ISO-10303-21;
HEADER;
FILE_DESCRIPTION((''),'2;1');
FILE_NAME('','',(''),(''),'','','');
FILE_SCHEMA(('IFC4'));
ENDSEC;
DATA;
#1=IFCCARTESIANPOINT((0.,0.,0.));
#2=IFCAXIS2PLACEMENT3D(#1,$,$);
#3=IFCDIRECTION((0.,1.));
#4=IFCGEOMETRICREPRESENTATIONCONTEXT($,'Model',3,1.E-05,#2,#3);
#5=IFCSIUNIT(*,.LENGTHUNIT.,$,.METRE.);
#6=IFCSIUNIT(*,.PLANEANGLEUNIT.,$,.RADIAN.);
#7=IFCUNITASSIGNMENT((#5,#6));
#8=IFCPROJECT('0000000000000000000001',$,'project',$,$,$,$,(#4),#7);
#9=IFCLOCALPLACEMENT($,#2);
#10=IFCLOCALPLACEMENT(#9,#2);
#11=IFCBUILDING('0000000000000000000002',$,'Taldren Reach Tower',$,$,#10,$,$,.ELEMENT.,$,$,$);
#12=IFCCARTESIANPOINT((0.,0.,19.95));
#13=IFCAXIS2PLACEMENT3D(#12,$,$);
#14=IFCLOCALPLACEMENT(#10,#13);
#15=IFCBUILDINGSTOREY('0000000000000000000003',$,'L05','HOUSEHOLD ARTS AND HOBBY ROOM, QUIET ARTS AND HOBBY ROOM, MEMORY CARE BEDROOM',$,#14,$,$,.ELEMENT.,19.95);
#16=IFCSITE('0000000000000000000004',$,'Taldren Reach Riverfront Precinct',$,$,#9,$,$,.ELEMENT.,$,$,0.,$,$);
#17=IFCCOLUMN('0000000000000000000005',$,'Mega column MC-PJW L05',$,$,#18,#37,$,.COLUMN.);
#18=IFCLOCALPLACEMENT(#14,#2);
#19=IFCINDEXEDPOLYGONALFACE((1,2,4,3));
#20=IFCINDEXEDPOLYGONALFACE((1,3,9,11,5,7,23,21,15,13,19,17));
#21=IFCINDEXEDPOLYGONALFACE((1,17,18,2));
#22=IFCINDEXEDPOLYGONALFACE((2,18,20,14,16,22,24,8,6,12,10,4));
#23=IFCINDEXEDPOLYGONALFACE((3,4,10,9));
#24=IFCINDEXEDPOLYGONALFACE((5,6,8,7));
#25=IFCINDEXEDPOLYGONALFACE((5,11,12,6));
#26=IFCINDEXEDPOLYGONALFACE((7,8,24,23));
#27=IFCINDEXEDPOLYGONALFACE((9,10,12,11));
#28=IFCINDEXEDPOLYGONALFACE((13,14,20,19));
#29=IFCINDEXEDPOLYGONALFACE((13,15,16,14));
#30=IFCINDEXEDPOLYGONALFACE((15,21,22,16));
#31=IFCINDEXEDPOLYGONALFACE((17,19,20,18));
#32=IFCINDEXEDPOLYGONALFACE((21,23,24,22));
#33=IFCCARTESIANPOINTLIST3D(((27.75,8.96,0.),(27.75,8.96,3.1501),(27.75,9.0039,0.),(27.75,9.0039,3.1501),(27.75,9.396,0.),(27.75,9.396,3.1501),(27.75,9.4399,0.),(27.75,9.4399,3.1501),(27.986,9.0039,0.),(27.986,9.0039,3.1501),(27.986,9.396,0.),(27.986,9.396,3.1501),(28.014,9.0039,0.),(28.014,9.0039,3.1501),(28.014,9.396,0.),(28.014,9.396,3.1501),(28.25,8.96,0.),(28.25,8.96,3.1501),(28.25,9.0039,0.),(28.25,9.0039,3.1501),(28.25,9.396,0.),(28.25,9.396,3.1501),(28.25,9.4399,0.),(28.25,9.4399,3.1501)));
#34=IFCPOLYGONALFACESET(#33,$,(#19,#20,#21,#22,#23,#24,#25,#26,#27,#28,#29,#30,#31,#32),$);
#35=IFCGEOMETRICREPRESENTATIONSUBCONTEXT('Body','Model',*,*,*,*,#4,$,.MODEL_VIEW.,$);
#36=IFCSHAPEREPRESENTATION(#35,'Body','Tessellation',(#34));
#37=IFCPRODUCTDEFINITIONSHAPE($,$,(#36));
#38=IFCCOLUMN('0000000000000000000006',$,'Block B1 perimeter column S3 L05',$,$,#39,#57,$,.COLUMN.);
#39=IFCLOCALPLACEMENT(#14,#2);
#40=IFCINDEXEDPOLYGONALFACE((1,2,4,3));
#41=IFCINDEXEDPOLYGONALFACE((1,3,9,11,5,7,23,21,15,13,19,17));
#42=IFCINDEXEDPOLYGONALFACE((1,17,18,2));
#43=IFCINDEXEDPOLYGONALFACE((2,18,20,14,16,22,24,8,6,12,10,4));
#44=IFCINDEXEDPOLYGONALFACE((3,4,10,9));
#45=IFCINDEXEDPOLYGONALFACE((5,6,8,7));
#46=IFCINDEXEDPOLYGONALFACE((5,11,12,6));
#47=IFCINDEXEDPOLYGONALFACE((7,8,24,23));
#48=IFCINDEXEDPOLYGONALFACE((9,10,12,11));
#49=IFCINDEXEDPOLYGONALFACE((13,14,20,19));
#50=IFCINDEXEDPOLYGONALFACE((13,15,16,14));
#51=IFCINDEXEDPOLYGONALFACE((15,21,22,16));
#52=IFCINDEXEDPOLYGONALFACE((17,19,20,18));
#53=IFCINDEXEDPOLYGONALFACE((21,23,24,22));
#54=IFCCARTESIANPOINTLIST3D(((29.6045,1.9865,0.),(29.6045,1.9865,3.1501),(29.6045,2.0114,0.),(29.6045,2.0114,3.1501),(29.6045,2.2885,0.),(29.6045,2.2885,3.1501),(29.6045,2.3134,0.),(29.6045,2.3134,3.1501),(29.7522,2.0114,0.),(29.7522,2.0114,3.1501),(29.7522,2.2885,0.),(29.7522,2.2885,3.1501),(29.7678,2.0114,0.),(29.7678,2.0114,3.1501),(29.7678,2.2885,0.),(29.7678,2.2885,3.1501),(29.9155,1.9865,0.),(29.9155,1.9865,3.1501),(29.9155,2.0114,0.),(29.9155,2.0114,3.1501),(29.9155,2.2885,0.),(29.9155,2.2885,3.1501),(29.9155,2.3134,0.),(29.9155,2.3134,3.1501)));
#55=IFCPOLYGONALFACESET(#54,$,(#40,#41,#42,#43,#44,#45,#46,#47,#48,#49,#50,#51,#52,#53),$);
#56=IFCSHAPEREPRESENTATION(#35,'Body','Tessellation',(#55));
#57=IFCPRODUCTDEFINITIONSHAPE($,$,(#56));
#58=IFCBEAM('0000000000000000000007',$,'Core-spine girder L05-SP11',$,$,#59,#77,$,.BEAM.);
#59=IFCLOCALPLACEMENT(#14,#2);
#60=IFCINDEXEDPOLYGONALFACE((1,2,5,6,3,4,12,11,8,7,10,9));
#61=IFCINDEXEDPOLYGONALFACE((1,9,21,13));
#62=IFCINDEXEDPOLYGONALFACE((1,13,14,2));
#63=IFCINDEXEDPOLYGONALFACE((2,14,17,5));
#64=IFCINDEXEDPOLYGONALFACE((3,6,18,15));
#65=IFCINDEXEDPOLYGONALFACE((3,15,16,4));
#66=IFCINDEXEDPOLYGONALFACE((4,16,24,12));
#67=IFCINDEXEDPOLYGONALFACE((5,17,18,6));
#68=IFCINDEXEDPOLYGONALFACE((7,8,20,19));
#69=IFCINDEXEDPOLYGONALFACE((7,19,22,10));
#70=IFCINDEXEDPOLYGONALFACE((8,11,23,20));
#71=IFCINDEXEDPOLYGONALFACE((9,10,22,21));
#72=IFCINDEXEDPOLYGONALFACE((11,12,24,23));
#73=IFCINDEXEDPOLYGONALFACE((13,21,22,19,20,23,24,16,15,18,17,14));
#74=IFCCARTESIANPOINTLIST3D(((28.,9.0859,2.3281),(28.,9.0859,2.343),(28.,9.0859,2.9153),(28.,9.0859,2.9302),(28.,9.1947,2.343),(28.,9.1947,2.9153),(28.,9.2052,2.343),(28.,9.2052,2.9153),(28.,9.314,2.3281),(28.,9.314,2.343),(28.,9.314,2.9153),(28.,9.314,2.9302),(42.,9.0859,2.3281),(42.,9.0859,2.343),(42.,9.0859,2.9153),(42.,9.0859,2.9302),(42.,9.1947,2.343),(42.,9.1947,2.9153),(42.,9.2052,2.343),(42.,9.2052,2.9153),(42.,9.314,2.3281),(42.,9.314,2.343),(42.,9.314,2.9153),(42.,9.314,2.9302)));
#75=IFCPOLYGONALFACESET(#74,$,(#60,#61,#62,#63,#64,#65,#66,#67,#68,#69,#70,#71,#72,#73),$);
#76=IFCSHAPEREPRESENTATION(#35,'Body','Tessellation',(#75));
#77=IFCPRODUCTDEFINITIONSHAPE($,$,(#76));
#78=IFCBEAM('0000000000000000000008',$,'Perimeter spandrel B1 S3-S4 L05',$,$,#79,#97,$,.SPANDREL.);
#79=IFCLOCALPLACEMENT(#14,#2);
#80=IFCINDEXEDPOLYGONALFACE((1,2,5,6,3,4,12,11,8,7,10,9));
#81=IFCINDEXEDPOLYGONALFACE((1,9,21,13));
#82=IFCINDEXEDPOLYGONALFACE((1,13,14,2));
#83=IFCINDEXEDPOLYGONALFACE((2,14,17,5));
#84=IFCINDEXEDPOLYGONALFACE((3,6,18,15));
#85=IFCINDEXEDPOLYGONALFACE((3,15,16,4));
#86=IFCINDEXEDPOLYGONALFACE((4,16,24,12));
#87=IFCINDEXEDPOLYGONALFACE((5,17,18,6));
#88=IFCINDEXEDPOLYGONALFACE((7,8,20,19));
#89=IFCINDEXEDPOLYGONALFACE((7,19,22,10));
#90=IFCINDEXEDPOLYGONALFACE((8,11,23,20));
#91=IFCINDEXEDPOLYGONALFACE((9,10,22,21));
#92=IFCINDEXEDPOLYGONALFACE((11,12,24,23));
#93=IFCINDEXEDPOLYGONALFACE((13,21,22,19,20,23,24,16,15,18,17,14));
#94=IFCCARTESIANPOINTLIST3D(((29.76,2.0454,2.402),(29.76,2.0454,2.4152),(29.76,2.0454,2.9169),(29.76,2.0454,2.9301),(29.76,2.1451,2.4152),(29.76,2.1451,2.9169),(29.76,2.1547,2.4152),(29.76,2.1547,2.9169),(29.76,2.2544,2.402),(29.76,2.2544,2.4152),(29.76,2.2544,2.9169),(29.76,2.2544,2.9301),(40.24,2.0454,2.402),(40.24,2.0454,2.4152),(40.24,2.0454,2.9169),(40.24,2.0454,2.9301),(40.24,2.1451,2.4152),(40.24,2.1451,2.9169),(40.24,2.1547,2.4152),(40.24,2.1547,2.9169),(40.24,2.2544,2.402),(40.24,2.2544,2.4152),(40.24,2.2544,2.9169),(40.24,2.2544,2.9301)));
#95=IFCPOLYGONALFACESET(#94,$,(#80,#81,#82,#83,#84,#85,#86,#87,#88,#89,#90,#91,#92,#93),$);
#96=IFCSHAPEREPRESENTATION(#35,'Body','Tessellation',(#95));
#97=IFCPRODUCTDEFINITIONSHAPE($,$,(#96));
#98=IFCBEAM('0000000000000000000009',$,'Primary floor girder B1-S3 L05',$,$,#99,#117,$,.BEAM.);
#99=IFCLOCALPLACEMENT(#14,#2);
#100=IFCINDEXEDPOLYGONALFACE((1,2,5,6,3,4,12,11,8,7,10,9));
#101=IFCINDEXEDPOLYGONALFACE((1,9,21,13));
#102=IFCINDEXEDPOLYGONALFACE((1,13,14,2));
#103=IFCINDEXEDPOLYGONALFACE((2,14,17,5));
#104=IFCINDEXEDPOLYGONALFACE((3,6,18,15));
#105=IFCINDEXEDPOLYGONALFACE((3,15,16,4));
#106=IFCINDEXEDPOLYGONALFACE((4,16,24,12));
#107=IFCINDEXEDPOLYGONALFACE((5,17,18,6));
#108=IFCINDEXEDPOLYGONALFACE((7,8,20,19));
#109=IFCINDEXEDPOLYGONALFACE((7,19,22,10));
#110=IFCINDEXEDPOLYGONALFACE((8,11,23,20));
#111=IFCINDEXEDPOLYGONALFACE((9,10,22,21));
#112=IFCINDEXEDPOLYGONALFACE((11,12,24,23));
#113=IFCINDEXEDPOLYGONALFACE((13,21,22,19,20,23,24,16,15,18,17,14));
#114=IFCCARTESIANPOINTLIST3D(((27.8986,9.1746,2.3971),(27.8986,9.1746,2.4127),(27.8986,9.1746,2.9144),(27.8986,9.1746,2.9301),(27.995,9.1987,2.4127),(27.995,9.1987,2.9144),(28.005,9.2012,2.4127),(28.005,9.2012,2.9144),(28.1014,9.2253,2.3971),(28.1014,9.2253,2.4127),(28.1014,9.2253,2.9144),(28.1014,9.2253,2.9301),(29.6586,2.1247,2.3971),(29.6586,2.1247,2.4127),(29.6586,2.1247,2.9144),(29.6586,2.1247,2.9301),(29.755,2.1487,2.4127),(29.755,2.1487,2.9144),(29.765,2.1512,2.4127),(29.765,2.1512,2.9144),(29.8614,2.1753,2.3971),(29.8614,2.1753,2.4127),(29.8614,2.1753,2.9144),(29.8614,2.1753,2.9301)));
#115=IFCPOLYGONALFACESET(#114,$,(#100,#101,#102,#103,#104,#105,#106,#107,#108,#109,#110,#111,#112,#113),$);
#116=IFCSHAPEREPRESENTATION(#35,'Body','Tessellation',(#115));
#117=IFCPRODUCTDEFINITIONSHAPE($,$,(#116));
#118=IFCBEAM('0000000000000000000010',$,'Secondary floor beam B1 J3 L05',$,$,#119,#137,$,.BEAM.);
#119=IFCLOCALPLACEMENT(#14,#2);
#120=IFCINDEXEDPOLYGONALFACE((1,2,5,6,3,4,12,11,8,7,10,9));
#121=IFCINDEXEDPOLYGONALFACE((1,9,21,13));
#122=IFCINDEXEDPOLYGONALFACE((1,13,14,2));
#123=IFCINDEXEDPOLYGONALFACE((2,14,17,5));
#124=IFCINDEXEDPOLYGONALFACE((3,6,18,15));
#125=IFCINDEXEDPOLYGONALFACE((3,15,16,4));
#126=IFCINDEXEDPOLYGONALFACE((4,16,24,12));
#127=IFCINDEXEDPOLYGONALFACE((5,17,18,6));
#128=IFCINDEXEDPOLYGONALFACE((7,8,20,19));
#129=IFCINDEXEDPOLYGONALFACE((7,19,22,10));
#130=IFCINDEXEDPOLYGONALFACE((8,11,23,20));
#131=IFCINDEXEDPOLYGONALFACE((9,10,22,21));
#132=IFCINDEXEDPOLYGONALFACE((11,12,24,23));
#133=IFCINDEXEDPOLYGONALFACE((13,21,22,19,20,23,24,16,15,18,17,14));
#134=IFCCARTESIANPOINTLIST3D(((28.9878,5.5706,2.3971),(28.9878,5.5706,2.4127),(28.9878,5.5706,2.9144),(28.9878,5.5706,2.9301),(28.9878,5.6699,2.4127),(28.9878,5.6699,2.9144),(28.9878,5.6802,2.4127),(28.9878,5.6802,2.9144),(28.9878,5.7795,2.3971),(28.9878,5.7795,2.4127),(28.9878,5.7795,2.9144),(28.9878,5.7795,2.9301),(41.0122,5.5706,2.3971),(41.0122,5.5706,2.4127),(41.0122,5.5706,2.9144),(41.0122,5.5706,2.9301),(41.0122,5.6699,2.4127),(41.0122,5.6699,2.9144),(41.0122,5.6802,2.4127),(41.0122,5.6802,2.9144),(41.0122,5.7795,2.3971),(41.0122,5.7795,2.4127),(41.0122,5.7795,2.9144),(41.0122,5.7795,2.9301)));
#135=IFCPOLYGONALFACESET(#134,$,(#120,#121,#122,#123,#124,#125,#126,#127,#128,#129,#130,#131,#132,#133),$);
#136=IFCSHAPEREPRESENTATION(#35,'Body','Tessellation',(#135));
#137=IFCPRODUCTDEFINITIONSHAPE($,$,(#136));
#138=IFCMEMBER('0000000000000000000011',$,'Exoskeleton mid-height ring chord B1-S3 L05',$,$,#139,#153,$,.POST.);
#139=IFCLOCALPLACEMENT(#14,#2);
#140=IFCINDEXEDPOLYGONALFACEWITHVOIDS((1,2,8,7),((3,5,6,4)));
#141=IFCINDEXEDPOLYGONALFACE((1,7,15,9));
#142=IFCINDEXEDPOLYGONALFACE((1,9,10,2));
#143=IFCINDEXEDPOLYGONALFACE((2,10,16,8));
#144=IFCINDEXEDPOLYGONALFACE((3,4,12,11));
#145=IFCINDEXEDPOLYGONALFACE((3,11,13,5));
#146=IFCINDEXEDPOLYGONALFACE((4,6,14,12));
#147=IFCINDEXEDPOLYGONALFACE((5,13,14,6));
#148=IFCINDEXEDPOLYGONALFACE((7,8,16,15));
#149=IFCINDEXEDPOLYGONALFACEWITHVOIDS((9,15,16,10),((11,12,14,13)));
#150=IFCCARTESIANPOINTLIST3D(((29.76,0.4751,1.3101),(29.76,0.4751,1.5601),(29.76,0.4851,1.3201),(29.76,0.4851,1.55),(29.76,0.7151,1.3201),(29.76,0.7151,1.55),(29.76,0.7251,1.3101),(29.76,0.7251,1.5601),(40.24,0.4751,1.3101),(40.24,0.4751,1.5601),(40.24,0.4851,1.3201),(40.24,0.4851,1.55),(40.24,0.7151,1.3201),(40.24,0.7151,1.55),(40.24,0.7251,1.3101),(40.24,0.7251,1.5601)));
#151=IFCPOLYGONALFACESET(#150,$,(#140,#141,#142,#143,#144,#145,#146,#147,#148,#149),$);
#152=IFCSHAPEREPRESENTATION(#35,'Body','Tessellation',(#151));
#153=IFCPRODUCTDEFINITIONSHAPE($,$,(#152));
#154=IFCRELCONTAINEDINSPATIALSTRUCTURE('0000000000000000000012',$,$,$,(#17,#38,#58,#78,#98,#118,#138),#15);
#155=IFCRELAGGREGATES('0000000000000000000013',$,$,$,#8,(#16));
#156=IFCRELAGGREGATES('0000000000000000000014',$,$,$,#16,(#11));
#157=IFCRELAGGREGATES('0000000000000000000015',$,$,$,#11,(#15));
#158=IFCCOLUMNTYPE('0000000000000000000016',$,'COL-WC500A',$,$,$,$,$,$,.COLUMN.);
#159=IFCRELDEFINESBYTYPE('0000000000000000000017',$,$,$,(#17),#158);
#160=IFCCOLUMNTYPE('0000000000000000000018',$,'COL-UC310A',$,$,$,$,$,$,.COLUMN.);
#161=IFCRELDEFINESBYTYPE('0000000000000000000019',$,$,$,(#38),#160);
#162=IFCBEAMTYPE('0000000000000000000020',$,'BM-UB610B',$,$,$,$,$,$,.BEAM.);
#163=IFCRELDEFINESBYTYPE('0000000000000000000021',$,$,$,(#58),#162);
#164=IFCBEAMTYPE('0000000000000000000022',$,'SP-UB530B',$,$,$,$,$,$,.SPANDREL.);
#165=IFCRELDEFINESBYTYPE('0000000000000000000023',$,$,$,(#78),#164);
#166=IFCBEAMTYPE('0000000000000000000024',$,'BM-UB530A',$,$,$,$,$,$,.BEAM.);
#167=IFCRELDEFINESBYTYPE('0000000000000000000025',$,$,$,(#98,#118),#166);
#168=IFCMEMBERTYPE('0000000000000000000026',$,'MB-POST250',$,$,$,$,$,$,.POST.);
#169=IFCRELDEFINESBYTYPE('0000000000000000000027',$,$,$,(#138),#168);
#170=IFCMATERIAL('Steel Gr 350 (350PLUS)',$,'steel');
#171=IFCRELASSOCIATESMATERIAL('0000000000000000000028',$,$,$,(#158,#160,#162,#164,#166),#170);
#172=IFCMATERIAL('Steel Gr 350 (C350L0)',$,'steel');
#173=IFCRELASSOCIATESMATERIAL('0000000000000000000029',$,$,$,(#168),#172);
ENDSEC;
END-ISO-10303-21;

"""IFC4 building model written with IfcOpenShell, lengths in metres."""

from ifc_helpers import new_model, si_unit, direction, frame, origin, origin_2d, place, context, subcontext, project, spatial, hollow_rectangle, i_section, extrude, source, transform, mapped, material, material_profile, profile_set, type_object, element, save


model = new_model("IFC4")

# Units and contexts
model_context = context("Model", 3, precision=1e-05, world=origin(), true_north=direction((0.0, 1.0)))
body_context = subcontext(model_context, "Body", "Model", "MODEL_VIEW")
ifc_project = project(units=[si_unit("LENGTHUNIT", "METRE"), si_unit("PLANEANGLEUNIT", "RADIAN")], contexts=[model_context])

# Site, building, storey
site_placement = place(None, origin())
site = spatial("IfcSite", under=ifc_project, at=site_placement, Name="Taldren Reach Riverfront Precinct", CompositionType="ELEMENT", RefElevation=0.0)
building_placement = place(site_placement, origin())
building = spatial("IfcBuilding", under=site, at=building_placement, Name="Taldren Reach Tower", CompositionType="ELEMENT")
storey_placement = place(building_placement, frame((0.0, 0.0, 19.95)))
storey = spatial("IfcBuildingStorey", under=building, at=storey_placement, Name="L05", Description="HOUSEHOLD ARTS AND HOBBY ROOM, QUIET ARTS AND HOBBY ROOM, MEMORY CARE BEDROOM", CompositionType="ELEMENT", Elevation=19.95)

# Columns
ifc_material_1 = material(Name="Steel Gr 350 (350PLUS)", Category="steel")
ifc_material_profile_1 = material_profile(ifc_material_1, i_section(OverallWidth=0.5, OverallDepth=0.48, WebThickness=0.0281, FlangeThickness=0.0439, at=origin_2d()), Name="500WC440")
ifc_profile_set_1 = profile_set([ifc_material_profile_1], Name="Steel Gr 350 (350PLUS)")
column_type_1 = type_object("IfcColumnType", Name="COL-WC500A", PredefinedType="COLUMN", material=ifc_profile_set_1)
shared_shape_1 = source(origin(), body_context, "Body", "SweptSolid", [
    extrude(i_section(OverallWidth=0.5, OverallDepth=0.48, WebThickness=0.0281, FlangeThickness=0.0439, at=origin_2d()), origin(), (0.0, 0.0, 1.0), 3.1501),
])
column_1_placement = place(storey_placement, frame((28.0, 9.2, 0.0), z_axis=(0.0, 0.0, 1.0), x_axis=(1.0, 0.0, 0.0)))
element("IfcColumn", 1, at=column_1_placement, inside=storey, type_object=column_type_1, Name="Mega column MC-PJW L05", PredefinedType="COLUMN", context=body_context, shape_type="MappedRepresentation", body=[
    mapped(shared_shape_1, transform((0.0, 0.0, 0.0), scale=1.0)),
])
ifc_material_profile_2 = material_profile(ifc_material_1, i_section(OverallWidth=0.311, OverallDepth=0.3269, WebThickness=0.0156, FlangeThickness=0.0249, at=origin_2d()), Name="310UC158")
ifc_profile_set_2 = profile_set([ifc_material_profile_2], Name="Steel Gr 350 (350PLUS)")
column_type_2 = type_object("IfcColumnType", Name="COL-UC310A", PredefinedType="COLUMN", material=ifc_profile_set_2)
shared_shape_2 = source(origin(), body_context, "Body", "SweptSolid", [
    extrude(i_section(OverallWidth=0.311, OverallDepth=0.3269, WebThickness=0.0156, FlangeThickness=0.0249, at=origin_2d()), origin(), (0.0, 0.0, 1.0), 3.1501),
])
column_2_placement = place(storey_placement, frame((29.76, 2.1499, 0.0), z_axis=(0.0, 0.0, 1.0), x_axis=(1.0, 0.0, 0.0)))
element("IfcColumn", 2, at=column_2_placement, inside=storey, type_object=column_type_2, Name="Block B1 perimeter column S3 L05", PredefinedType="COLUMN", context=body_context, shape_type="MappedRepresentation", body=[
    mapped(shared_shape_2, transform((0.0, 0.0, 0.0), scale=1.0)),
])

# Beams
ifc_material_profile_3 = material_profile(ifc_material_1, i_section(OverallWidth=0.228, OverallDepth=0.6021, WebThickness=0.0105, FlangeThickness=0.0149, at=origin_2d()), Name="610UB101")
ifc_profile_set_3 = profile_set([ifc_material_profile_3], Name="Steel Gr 350 (350PLUS)")
beam_type_1 = type_object("IfcBeamType", Name="BM-UB610B", PredefinedType="BEAM", material=ifc_profile_set_3)
shared_shape_3 = source(origin(), body_context, "Body", "SweptSolid", [
    extrude(i_section(OverallWidth=0.228, OverallDepth=0.6021, WebThickness=0.0105, FlangeThickness=0.0149, at=origin_2d()), origin(), (0.0, 0.0, 1.0), 14.0),
])
beam_1_placement = place(storey_placement, frame((28.0, 9.2, 2.6292), z_axis=(1.0, 0.0, 0.0), x_axis=(0.0, 1.0, 0.0)))
element("IfcBeam", 3, at=beam_1_placement, inside=storey, type_object=beam_type_1, Name="Core-spine girder L05-SP11", PredefinedType="BEAM", context=body_context, shape_type="MappedRepresentation", body=[
    mapped(shared_shape_3, transform((0.0, 0.0, 0.0), scale=1.0)),
])
ifc_material_profile_4 = material_profile(ifc_material_1, i_section(OverallWidth=0.209, OverallDepth=0.5281, WebThickness=0.0095, FlangeThickness=0.0132, at=origin_2d()), Name="530UB82.0")
ifc_profile_set_4 = profile_set([ifc_material_profile_4], Name="Steel Gr 350 (350PLUS)")
beam_type_2 = type_object("IfcBeamType", Name="SP-UB530B", PredefinedType="SPANDREL", material=ifc_profile_set_4)
shared_shape_4 = source(origin(), body_context, "Body", "SweptSolid", [
    extrude(i_section(OverallWidth=0.209, OverallDepth=0.5281, WebThickness=0.0095, FlangeThickness=0.0132, at=origin_2d()), origin(), (0.0, 0.0, 1.0), 10.48),
])
beam_2_placement = place(storey_placement, frame((29.76, 2.1499, 2.666), z_axis=(1.0, 0.0, 0.0), x_axis=(0.0, 1.0, 0.0)))
element("IfcBeam", 4, at=beam_2_placement, inside=storey, type_object=beam_type_2, Name="Perimeter spandrel B1 S3-S4 L05", PredefinedType="SPANDREL", context=body_context, shape_type="MappedRepresentation", body=[
    mapped(shared_shape_4, transform((0.0, 0.0, 0.0), scale=1.0)),
])
ifc_material_profile_5 = material_profile(ifc_material_1, i_section(OverallWidth=0.209, OverallDepth=0.533, WebThickness=0.0103, FlangeThickness=0.0156, at=origin_2d()), Name="530UB92.4")
ifc_profile_set_5 = profile_set([ifc_material_profile_5], Name="Steel Gr 350 (350PLUS)")
beam_type_3 = type_object("IfcBeamType", Name="BM-UB530A", PredefinedType="BEAM", material=ifc_profile_set_5)
shared_shape_5 = source(origin(), body_context, "Body", "SweptSolid", [
    extrude(i_section(OverallWidth=0.209, OverallDepth=0.533, WebThickness=0.0103, FlangeThickness=0.0156, at=origin_2d()), origin(), (0.0, 0.0, 1.0), 7.2664),
])
beam_3_placement = place(storey_placement, frame((28.0, 9.2, 2.6636), z_axis=(0.242211, -0.970223, 0.0), x_axis=(0.970223, 0.242211, 0.0)))
element("IfcBeam", 5, at=beam_3_placement, inside=storey, type_object=beam_type_3, Name="Primary floor girder B1-S3 L05", PredefinedType="BEAM", context=body_context, shape_type="MappedRepresentation", body=[
    mapped(shared_shape_5, transform((0.0, 0.0, 0.0), scale=1.0)),
])
shared_shape_6 = source(origin(), body_context, "Body", "SweptSolid", [
    extrude(i_section(OverallWidth=0.209, OverallDepth=0.533, WebThickness=0.0103, FlangeThickness=0.0156, at=origin_2d()), origin(), (0.0, 0.0, 1.0), 12.0244),
])
beam_4_placement = place(storey_placement, frame((28.9878, 5.675, 2.6636), z_axis=(1.0, 0.0, 0.0), x_axis=(0.0, 1.0, 0.0)))
element("IfcBeam", 6, at=beam_4_placement, inside=storey, type_object=beam_type_3, Name="Secondary floor beam B1 J3 L05", PredefinedType="BEAM", context=body_context, shape_type="MappedRepresentation", body=[
    mapped(shared_shape_6, transform((0.0, 0.0, 0.0), scale=1.0)),
])

# Member
ifc_material_2 = material(Name="Steel Gr 350 (C350L0)", Category="steel")
ifc_material_profile_6 = material_profile(ifc_material_2, hollow_rectangle(XDim=0.25, YDim=0.25, WallThickness=0.01, at=origin_2d()), Name="250x250x10.0SHS")
ifc_profile_set_6 = profile_set([ifc_material_profile_6], Name="Steel Gr 350 (C350L0)")
member_type_1 = type_object("IfcMemberType", Name="MB-POST250", PredefinedType="POST", material=ifc_profile_set_6)
shared_shape_7 = source(origin(), body_context, "Body", "SweptSolid", [
    extrude(hollow_rectangle(XDim=0.25, YDim=0.25, WallThickness=0.01, at=origin_2d()), origin(), (0.0, 0.0, 1.0), 10.48),
])
member_1_placement = place(storey_placement, frame((29.76, 0.6001, 1.4351), z_axis=(1.0, 0.0, 0.0), x_axis=(0.0, 1.0, 0.0)))
element("IfcMember", 7, at=member_1_placement, inside=storey, type_object=member_type_1, Name="Exoskeleton mid-height ring chord B1-S3 L05", PredefinedType="POST", context=body_context, shape_type="MappedRepresentation", body=[
    mapped(shared_shape_7, transform((0.0, 0.0, 0.0), scale=1.0)),
])

save(model, "model.ifc")
